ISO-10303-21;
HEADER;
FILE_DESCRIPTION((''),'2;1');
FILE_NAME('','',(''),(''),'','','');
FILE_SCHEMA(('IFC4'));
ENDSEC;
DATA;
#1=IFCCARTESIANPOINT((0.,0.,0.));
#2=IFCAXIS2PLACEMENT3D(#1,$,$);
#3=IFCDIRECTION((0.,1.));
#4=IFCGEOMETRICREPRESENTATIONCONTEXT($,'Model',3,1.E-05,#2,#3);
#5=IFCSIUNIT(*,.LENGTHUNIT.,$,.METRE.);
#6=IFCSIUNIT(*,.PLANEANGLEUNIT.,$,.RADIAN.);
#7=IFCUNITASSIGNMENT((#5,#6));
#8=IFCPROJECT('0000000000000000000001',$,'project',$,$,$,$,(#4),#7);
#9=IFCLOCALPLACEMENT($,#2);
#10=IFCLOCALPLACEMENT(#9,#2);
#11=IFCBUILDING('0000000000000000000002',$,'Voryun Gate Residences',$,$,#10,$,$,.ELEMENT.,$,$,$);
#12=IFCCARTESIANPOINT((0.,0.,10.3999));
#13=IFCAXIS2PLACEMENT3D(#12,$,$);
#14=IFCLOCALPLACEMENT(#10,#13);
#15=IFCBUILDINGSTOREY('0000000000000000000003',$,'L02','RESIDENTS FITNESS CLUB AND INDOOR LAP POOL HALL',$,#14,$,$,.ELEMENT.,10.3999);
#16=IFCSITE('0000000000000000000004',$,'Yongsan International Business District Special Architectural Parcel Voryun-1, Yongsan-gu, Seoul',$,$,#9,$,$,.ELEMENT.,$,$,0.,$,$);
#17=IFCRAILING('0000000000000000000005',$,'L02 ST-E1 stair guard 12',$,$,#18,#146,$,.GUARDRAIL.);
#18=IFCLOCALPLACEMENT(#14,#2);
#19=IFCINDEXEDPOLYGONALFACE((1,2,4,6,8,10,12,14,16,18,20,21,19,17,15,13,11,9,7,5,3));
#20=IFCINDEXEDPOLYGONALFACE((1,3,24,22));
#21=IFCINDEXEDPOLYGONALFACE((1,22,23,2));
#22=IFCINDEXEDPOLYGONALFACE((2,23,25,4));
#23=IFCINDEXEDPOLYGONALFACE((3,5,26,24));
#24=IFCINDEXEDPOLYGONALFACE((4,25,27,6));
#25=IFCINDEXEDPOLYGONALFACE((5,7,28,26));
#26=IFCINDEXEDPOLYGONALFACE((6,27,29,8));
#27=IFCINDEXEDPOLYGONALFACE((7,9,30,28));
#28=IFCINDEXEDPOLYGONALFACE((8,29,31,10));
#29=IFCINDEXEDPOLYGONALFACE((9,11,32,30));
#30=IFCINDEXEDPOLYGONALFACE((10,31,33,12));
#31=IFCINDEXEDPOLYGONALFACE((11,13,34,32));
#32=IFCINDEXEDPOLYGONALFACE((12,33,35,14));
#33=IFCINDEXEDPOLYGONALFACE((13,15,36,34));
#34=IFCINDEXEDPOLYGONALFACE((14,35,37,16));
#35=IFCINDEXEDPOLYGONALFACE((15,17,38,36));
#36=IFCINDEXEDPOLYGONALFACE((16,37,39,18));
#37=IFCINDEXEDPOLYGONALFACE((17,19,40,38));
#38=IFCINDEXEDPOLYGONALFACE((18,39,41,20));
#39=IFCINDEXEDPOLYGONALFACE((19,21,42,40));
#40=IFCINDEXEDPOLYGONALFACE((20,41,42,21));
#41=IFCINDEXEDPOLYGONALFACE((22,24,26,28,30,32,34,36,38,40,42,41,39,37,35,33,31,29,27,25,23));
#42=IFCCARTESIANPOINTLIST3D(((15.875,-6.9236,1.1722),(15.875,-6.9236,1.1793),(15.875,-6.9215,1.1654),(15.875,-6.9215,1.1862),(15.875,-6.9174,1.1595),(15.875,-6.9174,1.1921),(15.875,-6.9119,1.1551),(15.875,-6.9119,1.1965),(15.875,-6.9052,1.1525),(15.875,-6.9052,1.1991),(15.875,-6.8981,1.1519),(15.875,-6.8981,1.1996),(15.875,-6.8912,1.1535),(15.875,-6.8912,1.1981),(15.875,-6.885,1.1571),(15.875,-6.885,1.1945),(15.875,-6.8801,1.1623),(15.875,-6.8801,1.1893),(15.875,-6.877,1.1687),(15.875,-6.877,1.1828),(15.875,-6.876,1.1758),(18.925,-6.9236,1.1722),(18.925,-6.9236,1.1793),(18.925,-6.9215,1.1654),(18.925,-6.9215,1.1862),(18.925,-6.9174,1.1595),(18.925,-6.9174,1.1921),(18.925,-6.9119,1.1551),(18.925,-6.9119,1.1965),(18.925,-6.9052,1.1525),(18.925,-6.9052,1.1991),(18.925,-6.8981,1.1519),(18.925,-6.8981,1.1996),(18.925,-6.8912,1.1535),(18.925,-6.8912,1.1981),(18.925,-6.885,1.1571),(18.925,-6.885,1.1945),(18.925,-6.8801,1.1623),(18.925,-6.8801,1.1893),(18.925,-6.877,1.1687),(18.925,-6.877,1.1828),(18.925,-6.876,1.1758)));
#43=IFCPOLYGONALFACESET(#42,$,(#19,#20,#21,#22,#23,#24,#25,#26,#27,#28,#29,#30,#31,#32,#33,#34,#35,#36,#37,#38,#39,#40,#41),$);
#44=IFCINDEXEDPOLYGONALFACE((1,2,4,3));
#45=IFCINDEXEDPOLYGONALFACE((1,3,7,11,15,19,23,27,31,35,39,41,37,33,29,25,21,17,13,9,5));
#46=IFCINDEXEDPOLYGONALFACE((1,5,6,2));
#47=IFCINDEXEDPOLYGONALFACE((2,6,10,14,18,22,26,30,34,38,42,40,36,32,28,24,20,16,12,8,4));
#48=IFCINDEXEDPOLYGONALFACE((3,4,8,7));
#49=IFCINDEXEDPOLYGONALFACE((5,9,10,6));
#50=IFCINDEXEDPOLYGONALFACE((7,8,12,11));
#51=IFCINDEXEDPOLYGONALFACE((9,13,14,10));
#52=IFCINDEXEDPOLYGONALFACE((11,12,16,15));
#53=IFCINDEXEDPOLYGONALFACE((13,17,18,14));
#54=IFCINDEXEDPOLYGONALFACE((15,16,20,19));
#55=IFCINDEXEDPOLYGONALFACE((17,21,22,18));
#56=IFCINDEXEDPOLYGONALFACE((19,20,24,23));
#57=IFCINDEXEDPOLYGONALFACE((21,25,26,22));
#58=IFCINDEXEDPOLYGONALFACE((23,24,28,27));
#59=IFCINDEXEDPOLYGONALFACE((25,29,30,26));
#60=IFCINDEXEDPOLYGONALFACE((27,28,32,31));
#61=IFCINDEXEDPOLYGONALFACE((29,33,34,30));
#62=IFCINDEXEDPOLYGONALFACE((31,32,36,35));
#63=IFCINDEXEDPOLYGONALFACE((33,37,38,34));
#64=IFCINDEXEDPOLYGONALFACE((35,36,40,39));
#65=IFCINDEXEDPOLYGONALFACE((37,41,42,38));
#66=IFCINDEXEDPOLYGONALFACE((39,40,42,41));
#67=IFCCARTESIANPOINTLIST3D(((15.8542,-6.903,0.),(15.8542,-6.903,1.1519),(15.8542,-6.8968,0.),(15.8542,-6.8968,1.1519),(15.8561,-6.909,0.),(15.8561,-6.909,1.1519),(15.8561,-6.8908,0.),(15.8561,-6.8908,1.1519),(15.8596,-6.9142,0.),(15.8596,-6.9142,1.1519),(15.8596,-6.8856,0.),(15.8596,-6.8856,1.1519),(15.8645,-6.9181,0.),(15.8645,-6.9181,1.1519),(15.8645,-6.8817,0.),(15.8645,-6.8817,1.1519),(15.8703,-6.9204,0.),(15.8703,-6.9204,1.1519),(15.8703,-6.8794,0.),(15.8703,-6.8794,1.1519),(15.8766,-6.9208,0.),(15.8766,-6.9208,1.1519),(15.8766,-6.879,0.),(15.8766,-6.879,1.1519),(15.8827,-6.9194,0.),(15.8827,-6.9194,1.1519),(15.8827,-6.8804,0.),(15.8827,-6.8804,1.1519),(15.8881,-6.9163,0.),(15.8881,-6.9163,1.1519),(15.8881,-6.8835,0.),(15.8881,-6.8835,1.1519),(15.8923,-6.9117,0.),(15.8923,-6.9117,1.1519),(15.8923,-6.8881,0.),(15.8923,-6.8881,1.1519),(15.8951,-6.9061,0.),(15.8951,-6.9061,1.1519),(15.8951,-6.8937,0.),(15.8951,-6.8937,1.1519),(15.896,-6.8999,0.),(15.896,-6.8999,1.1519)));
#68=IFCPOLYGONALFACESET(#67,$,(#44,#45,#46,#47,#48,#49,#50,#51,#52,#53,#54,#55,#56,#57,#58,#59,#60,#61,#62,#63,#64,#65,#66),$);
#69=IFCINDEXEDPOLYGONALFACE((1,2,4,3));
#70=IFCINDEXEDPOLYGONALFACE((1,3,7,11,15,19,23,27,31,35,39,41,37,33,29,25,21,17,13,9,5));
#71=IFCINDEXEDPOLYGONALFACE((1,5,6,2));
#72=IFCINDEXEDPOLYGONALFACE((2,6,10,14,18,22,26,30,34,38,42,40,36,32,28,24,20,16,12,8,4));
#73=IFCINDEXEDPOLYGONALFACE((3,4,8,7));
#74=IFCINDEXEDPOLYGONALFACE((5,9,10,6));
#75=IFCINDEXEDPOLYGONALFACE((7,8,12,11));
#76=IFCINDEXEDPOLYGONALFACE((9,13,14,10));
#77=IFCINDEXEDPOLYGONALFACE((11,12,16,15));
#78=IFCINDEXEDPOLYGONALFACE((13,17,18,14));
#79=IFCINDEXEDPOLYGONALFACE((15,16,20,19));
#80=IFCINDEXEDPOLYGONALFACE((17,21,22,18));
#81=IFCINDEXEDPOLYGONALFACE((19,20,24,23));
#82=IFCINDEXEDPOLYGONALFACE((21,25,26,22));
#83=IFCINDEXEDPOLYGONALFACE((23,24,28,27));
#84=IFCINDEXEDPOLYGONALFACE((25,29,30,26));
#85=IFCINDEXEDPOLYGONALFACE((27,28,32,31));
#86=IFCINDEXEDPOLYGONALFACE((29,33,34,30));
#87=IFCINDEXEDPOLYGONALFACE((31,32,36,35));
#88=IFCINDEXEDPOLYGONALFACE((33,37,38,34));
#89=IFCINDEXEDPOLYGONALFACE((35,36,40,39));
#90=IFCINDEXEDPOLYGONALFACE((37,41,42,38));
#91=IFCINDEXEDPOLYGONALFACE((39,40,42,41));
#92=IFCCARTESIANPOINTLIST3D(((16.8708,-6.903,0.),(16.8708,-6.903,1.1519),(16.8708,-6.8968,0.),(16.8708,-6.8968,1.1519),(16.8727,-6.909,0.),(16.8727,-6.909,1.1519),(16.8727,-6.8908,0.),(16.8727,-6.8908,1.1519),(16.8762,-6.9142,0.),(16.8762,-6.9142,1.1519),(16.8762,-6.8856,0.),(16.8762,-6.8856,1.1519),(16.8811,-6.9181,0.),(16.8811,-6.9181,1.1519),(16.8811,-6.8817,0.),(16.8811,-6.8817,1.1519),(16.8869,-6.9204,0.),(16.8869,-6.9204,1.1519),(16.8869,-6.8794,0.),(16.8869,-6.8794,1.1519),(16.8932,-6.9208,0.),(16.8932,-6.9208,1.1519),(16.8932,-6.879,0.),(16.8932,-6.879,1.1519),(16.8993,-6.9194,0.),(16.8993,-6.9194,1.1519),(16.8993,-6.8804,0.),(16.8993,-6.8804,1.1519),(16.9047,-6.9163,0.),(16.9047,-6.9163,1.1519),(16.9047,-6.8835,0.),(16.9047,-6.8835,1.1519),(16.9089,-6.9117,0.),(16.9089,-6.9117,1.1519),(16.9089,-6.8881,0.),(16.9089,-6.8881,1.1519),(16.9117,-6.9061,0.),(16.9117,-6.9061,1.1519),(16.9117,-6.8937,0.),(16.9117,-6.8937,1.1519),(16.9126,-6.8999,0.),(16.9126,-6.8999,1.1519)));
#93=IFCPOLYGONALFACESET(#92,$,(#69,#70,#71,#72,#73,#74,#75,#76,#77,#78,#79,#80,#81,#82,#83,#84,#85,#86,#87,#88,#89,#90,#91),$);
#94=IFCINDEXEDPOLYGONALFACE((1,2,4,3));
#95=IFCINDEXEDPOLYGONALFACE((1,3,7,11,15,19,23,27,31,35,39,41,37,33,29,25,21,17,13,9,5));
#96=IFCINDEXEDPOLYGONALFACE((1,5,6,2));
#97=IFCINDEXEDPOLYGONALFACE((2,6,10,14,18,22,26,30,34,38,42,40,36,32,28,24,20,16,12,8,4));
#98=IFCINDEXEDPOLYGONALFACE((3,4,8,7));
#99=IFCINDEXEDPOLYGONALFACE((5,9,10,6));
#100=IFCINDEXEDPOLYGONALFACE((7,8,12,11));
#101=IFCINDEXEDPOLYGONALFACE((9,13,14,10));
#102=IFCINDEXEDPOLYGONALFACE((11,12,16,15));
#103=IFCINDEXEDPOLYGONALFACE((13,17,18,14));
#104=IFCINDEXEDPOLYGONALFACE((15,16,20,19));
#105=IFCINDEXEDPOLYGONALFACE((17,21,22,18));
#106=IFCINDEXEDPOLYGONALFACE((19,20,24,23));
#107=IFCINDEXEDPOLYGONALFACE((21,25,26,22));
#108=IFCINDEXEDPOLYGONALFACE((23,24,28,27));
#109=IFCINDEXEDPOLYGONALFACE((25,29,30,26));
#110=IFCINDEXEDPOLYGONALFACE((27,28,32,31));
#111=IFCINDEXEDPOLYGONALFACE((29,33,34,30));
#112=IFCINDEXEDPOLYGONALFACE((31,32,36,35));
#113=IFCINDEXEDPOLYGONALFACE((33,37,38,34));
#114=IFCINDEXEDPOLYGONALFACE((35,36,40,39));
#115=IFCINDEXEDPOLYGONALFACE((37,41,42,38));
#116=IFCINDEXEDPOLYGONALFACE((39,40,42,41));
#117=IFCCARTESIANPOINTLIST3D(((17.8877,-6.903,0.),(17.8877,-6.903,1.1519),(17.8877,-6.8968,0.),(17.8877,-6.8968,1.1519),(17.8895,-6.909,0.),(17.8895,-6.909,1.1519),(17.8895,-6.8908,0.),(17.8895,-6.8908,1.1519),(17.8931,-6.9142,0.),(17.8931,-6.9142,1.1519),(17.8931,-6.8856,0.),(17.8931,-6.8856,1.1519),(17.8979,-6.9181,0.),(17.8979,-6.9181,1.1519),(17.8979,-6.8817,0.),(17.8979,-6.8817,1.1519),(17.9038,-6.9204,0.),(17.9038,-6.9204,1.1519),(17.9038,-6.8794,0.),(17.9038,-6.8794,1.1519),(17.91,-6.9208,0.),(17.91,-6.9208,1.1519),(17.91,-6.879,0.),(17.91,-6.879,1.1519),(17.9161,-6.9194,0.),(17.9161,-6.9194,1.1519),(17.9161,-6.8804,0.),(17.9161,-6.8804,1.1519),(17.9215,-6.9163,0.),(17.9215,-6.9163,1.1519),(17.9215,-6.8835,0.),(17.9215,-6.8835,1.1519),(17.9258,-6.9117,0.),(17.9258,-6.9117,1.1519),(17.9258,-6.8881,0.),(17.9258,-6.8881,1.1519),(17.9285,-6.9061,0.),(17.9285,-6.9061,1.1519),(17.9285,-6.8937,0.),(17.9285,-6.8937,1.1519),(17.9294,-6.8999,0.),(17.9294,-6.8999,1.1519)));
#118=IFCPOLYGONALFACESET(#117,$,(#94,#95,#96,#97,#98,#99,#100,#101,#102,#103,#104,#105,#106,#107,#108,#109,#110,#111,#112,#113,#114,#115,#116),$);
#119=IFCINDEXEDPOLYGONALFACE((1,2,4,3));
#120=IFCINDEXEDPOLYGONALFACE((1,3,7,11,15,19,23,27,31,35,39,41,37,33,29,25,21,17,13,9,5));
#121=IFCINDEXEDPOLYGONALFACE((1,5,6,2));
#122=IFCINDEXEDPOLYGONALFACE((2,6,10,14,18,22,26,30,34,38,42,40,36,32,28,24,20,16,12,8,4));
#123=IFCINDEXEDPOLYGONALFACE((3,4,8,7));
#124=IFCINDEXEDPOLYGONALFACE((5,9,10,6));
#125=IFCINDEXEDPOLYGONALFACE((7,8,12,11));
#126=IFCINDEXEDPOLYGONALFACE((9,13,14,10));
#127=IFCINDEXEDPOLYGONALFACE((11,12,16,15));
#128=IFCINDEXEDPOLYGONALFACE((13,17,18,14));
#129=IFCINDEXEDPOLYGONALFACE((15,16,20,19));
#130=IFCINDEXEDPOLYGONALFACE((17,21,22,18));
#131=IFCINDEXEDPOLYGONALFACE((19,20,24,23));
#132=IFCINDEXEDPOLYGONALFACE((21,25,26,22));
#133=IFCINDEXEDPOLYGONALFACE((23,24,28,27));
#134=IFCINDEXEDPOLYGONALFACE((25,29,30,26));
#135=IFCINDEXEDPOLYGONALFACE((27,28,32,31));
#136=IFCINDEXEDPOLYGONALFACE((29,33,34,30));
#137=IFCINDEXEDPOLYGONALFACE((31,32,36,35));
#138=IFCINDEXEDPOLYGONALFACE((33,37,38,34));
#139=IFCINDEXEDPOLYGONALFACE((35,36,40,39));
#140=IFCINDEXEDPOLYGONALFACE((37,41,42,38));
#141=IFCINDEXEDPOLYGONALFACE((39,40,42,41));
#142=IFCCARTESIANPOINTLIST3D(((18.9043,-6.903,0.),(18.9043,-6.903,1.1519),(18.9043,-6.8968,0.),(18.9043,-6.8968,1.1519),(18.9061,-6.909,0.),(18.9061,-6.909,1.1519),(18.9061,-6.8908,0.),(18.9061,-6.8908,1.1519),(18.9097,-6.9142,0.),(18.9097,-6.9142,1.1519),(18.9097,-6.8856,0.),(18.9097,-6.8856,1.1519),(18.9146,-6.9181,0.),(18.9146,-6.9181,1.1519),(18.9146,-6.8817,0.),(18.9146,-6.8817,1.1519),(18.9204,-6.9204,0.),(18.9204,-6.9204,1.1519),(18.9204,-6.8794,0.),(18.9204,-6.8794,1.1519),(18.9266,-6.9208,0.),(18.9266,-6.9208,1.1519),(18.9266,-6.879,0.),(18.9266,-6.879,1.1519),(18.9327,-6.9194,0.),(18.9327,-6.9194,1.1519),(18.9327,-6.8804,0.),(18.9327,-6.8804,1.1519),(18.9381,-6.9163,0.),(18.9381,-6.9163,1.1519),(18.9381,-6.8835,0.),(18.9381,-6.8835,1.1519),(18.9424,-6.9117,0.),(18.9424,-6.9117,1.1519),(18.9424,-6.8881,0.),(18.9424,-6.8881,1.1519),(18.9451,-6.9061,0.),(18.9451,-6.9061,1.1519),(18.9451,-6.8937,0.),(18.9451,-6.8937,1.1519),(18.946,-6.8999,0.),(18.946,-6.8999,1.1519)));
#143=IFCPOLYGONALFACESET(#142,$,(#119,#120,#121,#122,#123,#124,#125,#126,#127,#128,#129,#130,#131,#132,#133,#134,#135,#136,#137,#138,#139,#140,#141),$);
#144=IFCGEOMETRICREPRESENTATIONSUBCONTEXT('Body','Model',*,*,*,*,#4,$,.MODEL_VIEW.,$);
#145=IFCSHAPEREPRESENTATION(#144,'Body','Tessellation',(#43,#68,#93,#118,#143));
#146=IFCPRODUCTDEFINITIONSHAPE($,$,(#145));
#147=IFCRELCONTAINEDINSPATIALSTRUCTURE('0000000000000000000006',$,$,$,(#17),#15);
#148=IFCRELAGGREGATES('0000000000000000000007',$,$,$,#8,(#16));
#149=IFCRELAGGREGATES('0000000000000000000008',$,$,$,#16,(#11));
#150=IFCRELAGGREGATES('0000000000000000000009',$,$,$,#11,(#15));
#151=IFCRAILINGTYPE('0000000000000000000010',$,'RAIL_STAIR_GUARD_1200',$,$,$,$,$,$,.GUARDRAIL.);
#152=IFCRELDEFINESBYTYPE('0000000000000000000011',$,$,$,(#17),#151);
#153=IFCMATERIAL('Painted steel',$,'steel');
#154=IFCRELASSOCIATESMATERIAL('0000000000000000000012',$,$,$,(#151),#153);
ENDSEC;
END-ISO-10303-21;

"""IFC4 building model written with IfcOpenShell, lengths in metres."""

from ifc_helpers import new_model, si_unit, direction, frame, origin, origin_2d, place, context, subcontext, project, spatial, circle, extrude, material, type_object, element, save


model = new_model("IFC4")

# Units and contexts
model_context = context("Model", 3, precision=1e-05, world=origin(), true_north=direction((0.0, 1.0)))
body_context = subcontext(model_context, "Body", "Model", "MODEL_VIEW")
ifc_project = project(units=[si_unit("LENGTHUNIT", "METRE"), si_unit("PLANEANGLEUNIT", "RADIAN")], contexts=[model_context])

# Site, building, storey
site_placement = place(None, origin())
site = spatial("IfcSite", under=ifc_project, at=site_placement, Name="Yongsan International Business District Special Architectural Parcel Voryun-1, Yongsan-gu, Seoul", CompositionType="ELEMENT", RefElevation=0.0)
building_placement = place(site_placement, origin())
building = spatial("IfcBuilding", under=site, at=building_placement, Name="Voryun Gate Residences", CompositionType="ELEMENT")
storey_placement = place(building_placement, frame((0.0, 0.0, 10.3999)))
storey = spatial("IfcBuildingStorey", under=building, at=storey_placement, Name="L02", Description="RESIDENTS FITNESS CLUB AND INDOOR LAP POOL HALL", CompositionType="ELEMENT", Elevation=10.3999)

# Railing
ifc_material_1 = material(Name="Painted steel", Category="steel")
railing_type = type_object("IfcRailingType", Name="RAIL_STAIR_GUARD_1200", PredefinedType="GUARDRAIL", material=ifc_material_1)
railing_1_placement = place(storey_placement, frame((15.875, -6.8999, 0.0)))
element("IfcRailing", 1, at=railing_1_placement, inside=storey, type_object=railing_type, Name="L02 ST-E1 stair guard 12", PredefinedType="GUARDRAIL", context=body_context, shape_type="SweptSolid", body=[
    extrude(circle(Radius=0.0239, at=origin_2d()), frame((0.0, 0.0, 1.1758), z_axis=(1.0, 0.0, 0.0), x_axis=(0.0, 1.0, 0.0)), (0.0, 0.0, 1.0), 3.05),
    extrude(circle(Radius=0.021, at=origin_2d()), origin(), (0.0, 0.0, 1.0), 1.1519),
    extrude(circle(Radius=0.021, at=origin_2d()), frame((1.0166, 0.0, 0.0)), (0.0, 0.0, 1.0), 1.1519),
    extrude(circle(Radius=0.021, at=origin_2d()), frame((2.0334, 0.0, 0.0)), (0.0, 0.0, 1.0), 1.1519),
    extrude(circle(Radius=0.021, at=origin_2d()), frame((3.05, 0.0, 0.0)), (0.0, 0.0, 1.0), 1.1519),
])

save(model, "model.ifc")
